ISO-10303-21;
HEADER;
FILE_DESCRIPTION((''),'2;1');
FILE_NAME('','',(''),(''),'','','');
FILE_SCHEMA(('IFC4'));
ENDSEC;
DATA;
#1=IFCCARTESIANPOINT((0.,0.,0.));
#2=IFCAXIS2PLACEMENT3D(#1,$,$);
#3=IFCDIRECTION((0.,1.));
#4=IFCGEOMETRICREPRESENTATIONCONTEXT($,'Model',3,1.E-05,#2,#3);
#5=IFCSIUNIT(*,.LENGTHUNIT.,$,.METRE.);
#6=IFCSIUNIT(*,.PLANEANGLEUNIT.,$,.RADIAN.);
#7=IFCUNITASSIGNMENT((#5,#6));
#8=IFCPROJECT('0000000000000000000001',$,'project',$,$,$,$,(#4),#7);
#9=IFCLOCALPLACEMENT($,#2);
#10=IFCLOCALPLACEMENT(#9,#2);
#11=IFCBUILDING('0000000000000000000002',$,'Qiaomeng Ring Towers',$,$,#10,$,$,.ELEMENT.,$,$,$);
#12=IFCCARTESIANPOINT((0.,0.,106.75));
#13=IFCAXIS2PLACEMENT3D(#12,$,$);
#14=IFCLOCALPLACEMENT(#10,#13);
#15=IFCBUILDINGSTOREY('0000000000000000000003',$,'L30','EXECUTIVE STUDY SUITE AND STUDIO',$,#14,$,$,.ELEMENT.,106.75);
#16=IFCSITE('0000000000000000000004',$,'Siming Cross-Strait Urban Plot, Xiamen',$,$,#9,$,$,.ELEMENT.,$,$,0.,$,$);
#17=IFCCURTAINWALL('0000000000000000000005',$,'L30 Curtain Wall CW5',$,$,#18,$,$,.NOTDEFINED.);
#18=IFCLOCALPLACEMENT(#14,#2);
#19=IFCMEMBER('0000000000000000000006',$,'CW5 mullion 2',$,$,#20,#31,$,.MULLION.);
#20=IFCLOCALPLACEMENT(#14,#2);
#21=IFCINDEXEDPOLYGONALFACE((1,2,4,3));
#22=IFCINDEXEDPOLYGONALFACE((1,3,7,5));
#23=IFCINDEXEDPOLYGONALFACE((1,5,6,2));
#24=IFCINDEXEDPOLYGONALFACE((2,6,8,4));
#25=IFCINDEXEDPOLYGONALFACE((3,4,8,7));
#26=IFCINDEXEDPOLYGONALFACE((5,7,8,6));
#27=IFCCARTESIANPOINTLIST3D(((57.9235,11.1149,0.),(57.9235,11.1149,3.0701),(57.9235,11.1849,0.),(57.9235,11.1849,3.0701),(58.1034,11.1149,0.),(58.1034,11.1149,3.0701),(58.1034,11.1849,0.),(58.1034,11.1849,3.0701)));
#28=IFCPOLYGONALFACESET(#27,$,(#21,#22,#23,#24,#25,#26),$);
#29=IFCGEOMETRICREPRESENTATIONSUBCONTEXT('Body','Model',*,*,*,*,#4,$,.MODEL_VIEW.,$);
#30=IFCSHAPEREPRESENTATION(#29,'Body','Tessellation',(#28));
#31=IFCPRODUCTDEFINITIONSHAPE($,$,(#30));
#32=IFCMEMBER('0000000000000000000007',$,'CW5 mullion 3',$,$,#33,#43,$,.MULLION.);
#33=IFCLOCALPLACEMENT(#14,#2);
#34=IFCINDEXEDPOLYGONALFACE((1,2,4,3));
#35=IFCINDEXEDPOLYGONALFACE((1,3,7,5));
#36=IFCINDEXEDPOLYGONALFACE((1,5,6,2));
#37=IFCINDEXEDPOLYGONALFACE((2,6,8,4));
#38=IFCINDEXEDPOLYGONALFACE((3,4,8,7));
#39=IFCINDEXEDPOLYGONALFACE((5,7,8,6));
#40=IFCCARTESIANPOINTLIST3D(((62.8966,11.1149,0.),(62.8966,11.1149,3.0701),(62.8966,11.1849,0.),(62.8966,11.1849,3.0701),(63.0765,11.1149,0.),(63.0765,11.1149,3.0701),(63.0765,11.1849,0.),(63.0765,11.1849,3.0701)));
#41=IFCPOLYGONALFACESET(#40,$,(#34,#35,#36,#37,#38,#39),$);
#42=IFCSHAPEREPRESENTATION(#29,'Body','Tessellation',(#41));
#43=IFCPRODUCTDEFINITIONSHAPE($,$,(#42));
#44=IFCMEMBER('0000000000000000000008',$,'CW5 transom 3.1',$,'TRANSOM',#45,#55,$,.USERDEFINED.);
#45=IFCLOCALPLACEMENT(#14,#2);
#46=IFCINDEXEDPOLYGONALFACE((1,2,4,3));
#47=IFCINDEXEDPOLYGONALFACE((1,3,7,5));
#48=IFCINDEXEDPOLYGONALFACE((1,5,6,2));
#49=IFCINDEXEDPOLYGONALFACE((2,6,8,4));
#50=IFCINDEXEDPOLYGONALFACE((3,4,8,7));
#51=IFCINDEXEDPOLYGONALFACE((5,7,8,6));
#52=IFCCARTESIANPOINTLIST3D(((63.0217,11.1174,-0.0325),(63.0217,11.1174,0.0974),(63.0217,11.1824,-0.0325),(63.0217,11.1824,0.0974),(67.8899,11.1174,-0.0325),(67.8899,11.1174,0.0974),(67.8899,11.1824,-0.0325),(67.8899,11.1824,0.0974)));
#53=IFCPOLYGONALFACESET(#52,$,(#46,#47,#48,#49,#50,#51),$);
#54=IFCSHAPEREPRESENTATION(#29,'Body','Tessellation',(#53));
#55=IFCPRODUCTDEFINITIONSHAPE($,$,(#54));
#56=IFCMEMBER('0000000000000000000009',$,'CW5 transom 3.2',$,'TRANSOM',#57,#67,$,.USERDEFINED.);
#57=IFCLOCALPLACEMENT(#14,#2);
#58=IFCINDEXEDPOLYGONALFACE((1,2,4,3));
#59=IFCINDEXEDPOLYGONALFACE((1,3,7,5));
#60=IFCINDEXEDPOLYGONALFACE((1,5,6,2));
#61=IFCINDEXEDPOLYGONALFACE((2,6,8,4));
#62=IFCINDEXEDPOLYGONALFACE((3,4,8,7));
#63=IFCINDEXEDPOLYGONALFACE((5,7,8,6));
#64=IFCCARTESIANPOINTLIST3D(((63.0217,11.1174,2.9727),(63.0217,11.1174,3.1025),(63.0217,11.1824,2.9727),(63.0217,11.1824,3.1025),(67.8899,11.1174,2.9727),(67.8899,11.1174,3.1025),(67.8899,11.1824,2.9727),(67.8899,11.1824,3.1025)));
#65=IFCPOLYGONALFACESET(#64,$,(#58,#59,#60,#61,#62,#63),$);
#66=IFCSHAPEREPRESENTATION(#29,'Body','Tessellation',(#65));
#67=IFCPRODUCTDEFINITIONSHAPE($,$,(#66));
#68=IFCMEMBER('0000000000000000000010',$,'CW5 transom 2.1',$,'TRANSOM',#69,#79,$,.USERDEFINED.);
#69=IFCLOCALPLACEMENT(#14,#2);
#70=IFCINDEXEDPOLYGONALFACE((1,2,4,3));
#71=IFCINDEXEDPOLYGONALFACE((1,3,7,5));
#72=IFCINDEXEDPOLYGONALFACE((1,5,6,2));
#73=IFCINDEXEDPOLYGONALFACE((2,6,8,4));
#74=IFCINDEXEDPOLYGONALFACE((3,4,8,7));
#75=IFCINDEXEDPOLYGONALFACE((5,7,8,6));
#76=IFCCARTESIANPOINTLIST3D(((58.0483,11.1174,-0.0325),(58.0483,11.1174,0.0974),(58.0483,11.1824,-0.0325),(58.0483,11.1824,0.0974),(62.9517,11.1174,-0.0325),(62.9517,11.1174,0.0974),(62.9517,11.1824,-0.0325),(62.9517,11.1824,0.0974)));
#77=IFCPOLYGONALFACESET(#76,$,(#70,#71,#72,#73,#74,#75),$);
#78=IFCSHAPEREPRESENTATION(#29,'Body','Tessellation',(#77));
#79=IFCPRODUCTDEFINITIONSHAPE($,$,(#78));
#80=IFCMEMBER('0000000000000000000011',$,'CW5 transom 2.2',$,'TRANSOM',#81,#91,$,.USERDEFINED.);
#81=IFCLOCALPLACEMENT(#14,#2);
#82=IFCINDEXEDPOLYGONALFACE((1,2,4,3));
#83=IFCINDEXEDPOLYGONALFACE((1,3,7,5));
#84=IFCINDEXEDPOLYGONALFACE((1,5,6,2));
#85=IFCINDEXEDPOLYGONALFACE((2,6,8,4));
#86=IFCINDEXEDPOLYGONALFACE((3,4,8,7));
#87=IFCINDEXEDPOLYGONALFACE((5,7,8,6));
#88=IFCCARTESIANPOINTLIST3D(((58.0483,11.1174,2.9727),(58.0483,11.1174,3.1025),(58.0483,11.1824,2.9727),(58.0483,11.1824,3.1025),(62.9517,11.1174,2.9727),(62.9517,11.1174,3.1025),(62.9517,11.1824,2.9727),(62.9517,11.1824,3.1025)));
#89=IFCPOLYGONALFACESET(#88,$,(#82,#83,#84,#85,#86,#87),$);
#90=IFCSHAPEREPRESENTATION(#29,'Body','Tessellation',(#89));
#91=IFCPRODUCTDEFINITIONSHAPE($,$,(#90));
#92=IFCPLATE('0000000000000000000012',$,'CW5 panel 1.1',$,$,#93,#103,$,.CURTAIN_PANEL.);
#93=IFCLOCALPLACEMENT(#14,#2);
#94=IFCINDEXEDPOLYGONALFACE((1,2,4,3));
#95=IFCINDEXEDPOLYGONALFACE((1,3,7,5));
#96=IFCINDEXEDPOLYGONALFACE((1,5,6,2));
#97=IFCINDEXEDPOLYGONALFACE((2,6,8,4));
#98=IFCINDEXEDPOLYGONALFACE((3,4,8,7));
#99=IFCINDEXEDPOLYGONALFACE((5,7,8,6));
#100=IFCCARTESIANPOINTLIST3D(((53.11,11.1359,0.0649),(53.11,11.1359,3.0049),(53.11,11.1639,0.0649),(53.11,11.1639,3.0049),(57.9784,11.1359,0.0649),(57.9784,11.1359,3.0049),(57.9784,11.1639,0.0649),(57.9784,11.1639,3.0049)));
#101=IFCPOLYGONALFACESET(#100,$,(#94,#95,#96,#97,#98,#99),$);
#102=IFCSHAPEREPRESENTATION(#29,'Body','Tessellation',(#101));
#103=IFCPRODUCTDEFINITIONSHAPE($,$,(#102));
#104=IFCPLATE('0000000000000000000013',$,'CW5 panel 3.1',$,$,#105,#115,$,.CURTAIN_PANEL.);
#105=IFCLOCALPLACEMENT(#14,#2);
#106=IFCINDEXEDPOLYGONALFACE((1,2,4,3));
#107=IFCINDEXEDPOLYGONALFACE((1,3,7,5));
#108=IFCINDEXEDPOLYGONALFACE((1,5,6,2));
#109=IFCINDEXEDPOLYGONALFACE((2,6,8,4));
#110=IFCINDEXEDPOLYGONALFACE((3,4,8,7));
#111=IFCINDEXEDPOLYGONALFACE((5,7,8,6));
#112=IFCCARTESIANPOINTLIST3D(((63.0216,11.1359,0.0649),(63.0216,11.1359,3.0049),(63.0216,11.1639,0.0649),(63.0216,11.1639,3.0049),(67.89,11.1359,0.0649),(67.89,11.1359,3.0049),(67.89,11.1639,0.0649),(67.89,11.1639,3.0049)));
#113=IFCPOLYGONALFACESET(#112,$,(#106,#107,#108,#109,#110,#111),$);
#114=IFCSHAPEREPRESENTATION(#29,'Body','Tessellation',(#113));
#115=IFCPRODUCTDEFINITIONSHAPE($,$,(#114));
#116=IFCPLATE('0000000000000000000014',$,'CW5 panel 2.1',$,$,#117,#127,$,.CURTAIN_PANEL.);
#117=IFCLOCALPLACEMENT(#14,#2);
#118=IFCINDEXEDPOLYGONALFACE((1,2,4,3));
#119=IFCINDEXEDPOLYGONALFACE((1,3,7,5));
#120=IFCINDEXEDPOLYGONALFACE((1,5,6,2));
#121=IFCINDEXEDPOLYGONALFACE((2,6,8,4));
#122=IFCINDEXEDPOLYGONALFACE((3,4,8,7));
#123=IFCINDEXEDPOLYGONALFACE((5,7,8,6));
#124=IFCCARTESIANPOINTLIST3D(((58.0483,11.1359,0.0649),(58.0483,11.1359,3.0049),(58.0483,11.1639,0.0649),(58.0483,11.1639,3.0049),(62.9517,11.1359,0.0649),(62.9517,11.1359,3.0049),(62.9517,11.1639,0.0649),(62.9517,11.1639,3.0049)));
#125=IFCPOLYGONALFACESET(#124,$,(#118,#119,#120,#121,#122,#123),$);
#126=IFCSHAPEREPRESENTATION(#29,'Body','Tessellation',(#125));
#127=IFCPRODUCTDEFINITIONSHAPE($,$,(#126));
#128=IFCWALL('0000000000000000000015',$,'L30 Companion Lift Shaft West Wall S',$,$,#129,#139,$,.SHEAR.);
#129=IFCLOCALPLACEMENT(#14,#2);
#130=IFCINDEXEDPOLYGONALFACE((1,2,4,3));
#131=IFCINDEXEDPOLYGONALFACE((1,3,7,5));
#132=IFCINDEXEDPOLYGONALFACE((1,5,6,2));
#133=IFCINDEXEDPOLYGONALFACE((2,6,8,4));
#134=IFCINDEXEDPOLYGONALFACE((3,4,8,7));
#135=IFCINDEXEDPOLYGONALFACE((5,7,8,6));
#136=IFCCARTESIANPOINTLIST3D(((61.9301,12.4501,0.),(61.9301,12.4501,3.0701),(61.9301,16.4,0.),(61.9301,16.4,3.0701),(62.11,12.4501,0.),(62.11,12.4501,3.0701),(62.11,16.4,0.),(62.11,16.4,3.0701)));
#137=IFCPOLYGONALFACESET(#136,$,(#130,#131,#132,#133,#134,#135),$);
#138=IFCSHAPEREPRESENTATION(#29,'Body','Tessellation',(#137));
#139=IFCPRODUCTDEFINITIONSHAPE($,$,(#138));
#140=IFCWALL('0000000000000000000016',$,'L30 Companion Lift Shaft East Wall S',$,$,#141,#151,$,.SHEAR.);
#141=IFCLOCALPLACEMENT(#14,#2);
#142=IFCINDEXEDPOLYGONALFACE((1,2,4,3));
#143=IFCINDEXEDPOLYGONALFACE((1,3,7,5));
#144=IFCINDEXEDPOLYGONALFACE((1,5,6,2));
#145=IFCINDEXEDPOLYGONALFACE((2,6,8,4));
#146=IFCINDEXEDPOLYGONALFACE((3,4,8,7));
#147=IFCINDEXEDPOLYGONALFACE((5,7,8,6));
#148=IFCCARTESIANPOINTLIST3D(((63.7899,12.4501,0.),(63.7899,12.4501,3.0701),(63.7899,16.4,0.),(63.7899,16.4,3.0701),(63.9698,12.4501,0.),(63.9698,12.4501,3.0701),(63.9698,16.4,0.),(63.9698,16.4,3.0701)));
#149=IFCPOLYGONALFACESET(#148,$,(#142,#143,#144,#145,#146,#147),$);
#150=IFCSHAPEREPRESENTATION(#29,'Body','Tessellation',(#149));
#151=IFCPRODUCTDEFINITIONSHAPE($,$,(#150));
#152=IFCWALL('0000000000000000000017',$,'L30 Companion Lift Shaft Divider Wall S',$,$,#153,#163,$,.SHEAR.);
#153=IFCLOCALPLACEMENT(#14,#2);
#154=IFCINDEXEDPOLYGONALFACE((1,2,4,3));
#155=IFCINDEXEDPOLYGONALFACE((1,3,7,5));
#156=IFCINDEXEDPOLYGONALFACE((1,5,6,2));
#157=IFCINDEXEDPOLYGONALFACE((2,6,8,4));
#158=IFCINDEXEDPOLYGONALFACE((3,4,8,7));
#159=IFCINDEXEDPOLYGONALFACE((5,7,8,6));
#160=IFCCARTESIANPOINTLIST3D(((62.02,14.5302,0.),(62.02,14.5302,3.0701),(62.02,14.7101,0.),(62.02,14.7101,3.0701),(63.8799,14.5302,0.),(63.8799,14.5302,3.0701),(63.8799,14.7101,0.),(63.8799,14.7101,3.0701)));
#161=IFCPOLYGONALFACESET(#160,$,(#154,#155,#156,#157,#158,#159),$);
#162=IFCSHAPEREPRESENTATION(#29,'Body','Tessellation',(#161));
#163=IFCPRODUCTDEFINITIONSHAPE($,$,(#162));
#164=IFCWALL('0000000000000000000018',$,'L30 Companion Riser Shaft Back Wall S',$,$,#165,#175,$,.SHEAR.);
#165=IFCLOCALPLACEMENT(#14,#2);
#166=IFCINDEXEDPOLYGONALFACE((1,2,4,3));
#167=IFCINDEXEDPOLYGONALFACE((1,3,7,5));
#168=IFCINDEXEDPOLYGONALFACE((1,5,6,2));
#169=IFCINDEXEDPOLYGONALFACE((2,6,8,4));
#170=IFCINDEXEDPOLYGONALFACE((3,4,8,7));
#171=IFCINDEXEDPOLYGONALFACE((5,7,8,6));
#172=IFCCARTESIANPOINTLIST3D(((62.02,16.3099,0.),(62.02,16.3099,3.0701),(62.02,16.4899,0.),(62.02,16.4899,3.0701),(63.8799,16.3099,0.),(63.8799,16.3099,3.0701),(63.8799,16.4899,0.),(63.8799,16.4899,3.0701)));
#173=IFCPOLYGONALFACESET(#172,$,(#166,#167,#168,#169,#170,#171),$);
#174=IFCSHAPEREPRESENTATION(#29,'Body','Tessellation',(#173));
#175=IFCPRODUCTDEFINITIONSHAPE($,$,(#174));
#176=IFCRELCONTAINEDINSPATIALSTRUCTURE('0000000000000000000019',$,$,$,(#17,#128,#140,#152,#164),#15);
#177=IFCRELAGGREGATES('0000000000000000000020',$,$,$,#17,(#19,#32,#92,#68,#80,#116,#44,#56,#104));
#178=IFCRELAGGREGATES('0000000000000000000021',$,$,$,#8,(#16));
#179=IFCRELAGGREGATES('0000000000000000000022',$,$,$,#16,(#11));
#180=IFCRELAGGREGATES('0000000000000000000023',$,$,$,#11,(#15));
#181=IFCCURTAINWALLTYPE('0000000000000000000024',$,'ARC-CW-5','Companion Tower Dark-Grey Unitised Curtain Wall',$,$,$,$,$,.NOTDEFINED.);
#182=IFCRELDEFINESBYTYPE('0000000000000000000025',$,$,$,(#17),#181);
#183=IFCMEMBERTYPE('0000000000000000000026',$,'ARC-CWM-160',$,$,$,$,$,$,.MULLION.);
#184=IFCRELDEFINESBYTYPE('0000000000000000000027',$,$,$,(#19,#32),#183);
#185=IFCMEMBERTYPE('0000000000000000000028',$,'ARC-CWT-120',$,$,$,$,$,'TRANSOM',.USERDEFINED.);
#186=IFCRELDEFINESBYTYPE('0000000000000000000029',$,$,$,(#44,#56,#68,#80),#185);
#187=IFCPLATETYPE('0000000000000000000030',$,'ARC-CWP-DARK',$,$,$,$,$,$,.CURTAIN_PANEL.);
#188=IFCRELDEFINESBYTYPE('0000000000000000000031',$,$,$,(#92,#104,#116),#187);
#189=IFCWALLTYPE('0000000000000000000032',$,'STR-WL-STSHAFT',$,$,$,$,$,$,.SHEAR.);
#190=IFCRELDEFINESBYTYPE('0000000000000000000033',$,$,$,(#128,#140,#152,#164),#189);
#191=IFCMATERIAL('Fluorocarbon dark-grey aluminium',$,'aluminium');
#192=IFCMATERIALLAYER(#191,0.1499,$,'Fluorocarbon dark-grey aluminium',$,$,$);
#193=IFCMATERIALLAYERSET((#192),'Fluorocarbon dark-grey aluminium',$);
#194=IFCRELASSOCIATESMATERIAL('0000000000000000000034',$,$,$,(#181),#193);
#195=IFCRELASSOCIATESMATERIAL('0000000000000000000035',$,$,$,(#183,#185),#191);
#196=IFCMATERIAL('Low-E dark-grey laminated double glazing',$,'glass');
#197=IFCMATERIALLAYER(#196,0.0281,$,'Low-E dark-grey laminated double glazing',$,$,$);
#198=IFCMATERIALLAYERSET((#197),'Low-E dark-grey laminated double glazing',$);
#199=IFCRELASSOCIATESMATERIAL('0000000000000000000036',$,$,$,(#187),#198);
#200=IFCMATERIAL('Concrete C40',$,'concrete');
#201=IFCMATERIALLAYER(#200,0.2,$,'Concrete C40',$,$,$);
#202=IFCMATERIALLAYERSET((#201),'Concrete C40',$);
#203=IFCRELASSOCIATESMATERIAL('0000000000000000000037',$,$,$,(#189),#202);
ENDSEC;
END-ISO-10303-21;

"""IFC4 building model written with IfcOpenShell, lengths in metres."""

from ifc_helpers import new_model, si_unit, direction, frame, frame_2d, origin, origin_2d, place, context, subcontext, project, spatial, rectangle, extrude, source, transform, mapped, material, layer, layer_set, material_profile, profile_set, type_object, element, aggregate, save


model = new_model("IFC4")

# Units and contexts
model_context = context("Model", 3, precision=1e-05, world=origin(), true_north=direction((0.0, 1.0)))
body_context = subcontext(model_context, "Body", "Model", "MODEL_VIEW")
ifc_project = project(units=[si_unit("LENGTHUNIT", "METRE"), si_unit("PLANEANGLEUNIT", "RADIAN")], contexts=[model_context])

# Site, building, storey
site_placement = place(None, origin())
site = spatial("IfcSite", under=ifc_project, at=site_placement, Name="Siming Cross-Strait Urban Plot, Xiamen", CompositionType="ELEMENT", RefElevation=0.0)
building_placement = place(site_placement, origin())
building = spatial("IfcBuilding", under=site, at=building_placement, Name="Qiaomeng Ring Towers", CompositionType="ELEMENT")
storey_placement = place(building_placement, frame((0.0, 0.0, 106.75)))
storey = spatial("IfcBuildingStorey", under=building, at=storey_placement, Name="L30", Description="EXECUTIVE STUDY SUITE AND STUDIO", CompositionType="ELEMENT", Elevation=106.75)

# Curtain wall, members, plates
ifc_material_1 = material(Name="Fluorocarbon dark-grey aluminium", Category="aluminium")
ifc_layer_1 = layer(ifc_material_1, 0.1499, Name="Fluorocarbon dark-grey aluminium")
ifc_layer_set_1 = layer_set([ifc_layer_1], Name="Fluorocarbon dark-grey aluminium")
curtain_wall_type = type_object("IfcCurtainWallType", Name="ARC-CW-5", Description="Companion Tower Dark-Grey Unitised Curtain Wall", PredefinedType="NOTDEFINED", material=ifc_layer_set_1)
curtain_wall_placement = place(storey_placement, origin())
curtain_wall = element("IfcCurtainWall", 1, at=curtain_wall_placement, inside=storey, type_object=curtain_wall_type, Name="L30 Curtain Wall CW5", PredefinedType="NOTDEFINED")
ifc_material_profile_1 = material_profile(ifc_material_1, rectangle(XDim=0.0701, YDim=0.1799, at=origin_2d()), Name="ALU MULL 70x180")
ifc_profile_set_1 = profile_set([ifc_material_profile_1], Name="Fluorocarbon dark-grey aluminium")
member_type_1 = type_object("IfcMemberType", Name="ARC-CWM-160", PredefinedType="MULLION", material=ifc_profile_set_1)
shared_shape_1 = source(origin(), body_context, "Body", "SweptSolid", [
    extrude(rectangle(XDim=0.0701, YDim=0.1799, at=origin_2d()), origin(), (0.0, 0.0, 1.0), 3.0701),
])
member_1_placement = place(storey_placement, frame((58.0134, 11.1499, 0.0), z_axis=(0.0, 0.0, 1.0), x_axis=(0.0, 1.0, 0.0)))
member_1 = element("IfcMember", 2, at=member_1_placement, type_object=member_type_1, Name="CW5 mullion 2", PredefinedType="MULLION", context=body_context, shape_type="MappedRepresentation", body=[
    mapped(shared_shape_1, transform((0.0, 0.0, 0.0), x_axis=(1.0, 0.0, 0.0), y_axis=(0.0, 1.0, 0.0), z_axis=(0.0, 0.0, 1.0), scale=1.0)),
])
member_2_placement = place(storey_placement, frame((62.9866, 11.1499, 0.0), z_axis=(0.0, 0.0, 1.0), x_axis=(0.0, 1.0, 0.0)))
member_2 = element("IfcMember", 3, at=member_2_placement, type_object=member_type_1, Name="CW5 mullion 3", PredefinedType="MULLION", context=body_context, shape_type="MappedRepresentation", body=[
    mapped(shared_shape_1, transform((0.0, 0.0, 0.0), x_axis=(1.0, 0.0, 0.0), y_axis=(0.0, 1.0, 0.0), z_axis=(0.0, 0.0, 1.0), scale=1.0)),
])
ifc_material_profile_2 = material_profile(ifc_material_1, rectangle(XDim=0.0649, YDim=0.1299, at=origin_2d()), Name="ALU TRAN 65x130")
ifc_profile_set_2 = profile_set([ifc_material_profile_2], Name="Fluorocarbon dark-grey aluminium")
member_type_2 = type_object("IfcMemberType", Name="ARC-CWT-120", ElementType="TRANSOM", PredefinedType="USERDEFINED", material=ifc_profile_set_2)
shared_shape_2 = source(origin(), body_context, "Body", "SweptSolid", [
    extrude(rectangle(XDim=0.0649, YDim=0.1299, at=origin_2d()), origin(), (0.0, 0.0, 1.0), 4.8682),
])
member_3_placement = place(storey_placement, frame((63.0217, 11.1499, 0.0325), z_axis=(1.0, 0.0, 0.0), x_axis=(0.0, 1.0, 0.0)))
member_3 = element("IfcMember", 4, at=member_3_placement, type_object=member_type_2, Name="CW5 transom 3.1", ObjectType="TRANSOM", PredefinedType="USERDEFINED", context=body_context, shape_type="MappedRepresentation", body=[
    mapped(shared_shape_2, transform((0.0, 0.0, 0.0), x_axis=(1.0, 0.0, 0.0), y_axis=(0.0, 1.0, 0.0), z_axis=(0.0, 0.0, 1.0), scale=1.0)),
])
member_4_placement = place(storey_placement, frame((63.0217, 11.1499, 3.0376), z_axis=(1.0, 0.0, 0.0), x_axis=(0.0, 1.0, 0.0)))
member_4 = element("IfcMember", 5, at=member_4_placement, type_object=member_type_2, Name="CW5 transom 3.2", ObjectType="TRANSOM", PredefinedType="USERDEFINED", context=body_context, shape_type="MappedRepresentation", body=[
    mapped(shared_shape_2, transform((0.0, 0.0, 0.0), x_axis=(1.0, 0.0, 0.0), y_axis=(0.0, 1.0, 0.0), z_axis=(0.0, 0.0, 1.0), scale=1.0)),
])
shared_shape_3 = source(origin(), body_context, "Body", "SweptSolid", [
    extrude(rectangle(XDim=0.0649, YDim=0.1299, at=origin_2d()), origin(), (0.0, 0.0, 1.0), 4.9033),
])
member_5_placement = place(storey_placement, frame((58.0483, 11.1499, 0.0325), z_axis=(1.0, 0.0, 0.0), x_axis=(0.0, 1.0, 0.0)))
member_5 = element("IfcMember", 6, at=member_5_placement, type_object=member_type_2, Name="CW5 transom 2.1", ObjectType="TRANSOM", PredefinedType="USERDEFINED", context=body_context, shape_type="MappedRepresentation", body=[
    mapped(shared_shape_3, transform((0.0, 0.0, 0.0), x_axis=(1.0, 0.0, 0.0), y_axis=(0.0, 1.0, 0.0), z_axis=(0.0, 0.0, 1.0), scale=1.0)),
])
member_6_placement = place(storey_placement, frame((58.0483, 11.1499, 3.0376), z_axis=(1.0, 0.0, 0.0), x_axis=(0.0, 1.0, 0.0)))
member_6 = element("IfcMember", 7, at=member_6_placement, type_object=member_type_2, Name="CW5 transom 2.2", ObjectType="TRANSOM", PredefinedType="USERDEFINED", context=body_context, shape_type="MappedRepresentation", body=[
    mapped(shared_shape_3, transform((0.0, 0.0, 0.0), x_axis=(1.0, 0.0, 0.0), y_axis=(0.0, 1.0, 0.0), z_axis=(0.0, 0.0, 1.0), scale=1.0)),
])
ifc_material_2 = material(Name="Low-E dark-grey laminated double glazing", Category="glass")
ifc_layer_2 = layer(ifc_material_2, 0.0281, Name="Low-E dark-grey laminated double glazing")
ifc_layer_set_2 = layer_set([ifc_layer_2], Name="Low-E dark-grey laminated double glazing")
plate_type = type_object("IfcPlateType", Name="ARC-CWP-DARK", PredefinedType="CURTAIN_PANEL", material=ifc_layer_set_2)
shared_shape_4 = source(origin(), body_context, "Body", "SweptSolid", [
    extrude(rectangle(XDim=4.8684, YDim=0.0281, at=origin_2d()), origin(), (0.0, 0.0, 1.0), 2.9399),
])
plate_1_placement = place(storey_placement, frame((55.5442, 11.1499, 0.0649), z_axis=(0.0, 0.0, 1.0), x_axis=(1.0, 0.0, 0.0)))
plate_1 = element("IfcPlate", 8, at=plate_1_placement, type_object=plate_type, Name="CW5 panel 1.1", PredefinedType="CURTAIN_PANEL", context=body_context, shape_type="MappedRepresentation", body=[
    mapped(shared_shape_4, transform((0.0, 0.0, 0.0), x_axis=(1.0, 0.0, 0.0), y_axis=(0.0, 1.0, 0.0), z_axis=(0.0, 0.0, 1.0), scale=1.0)),
])
plate_2_placement = place(storey_placement, frame((65.4558, 11.1499, 0.0649), z_axis=(0.0, 0.0, 1.0), x_axis=(1.0, 0.0, 0.0)))
plate_2 = element("IfcPlate", 9, at=plate_2_placement, type_object=plate_type, Name="CW5 panel 3.1", PredefinedType="CURTAIN_PANEL", context=body_context, shape_type="MappedRepresentation", body=[
    mapped(shared_shape_4, transform((0.0, 0.0, 0.0), x_axis=(1.0, 0.0, 0.0), y_axis=(0.0, 1.0, 0.0), z_axis=(0.0, 0.0, 1.0), scale=1.0)),
])
shared_shape_5 = source(origin(), body_context, "Body", "SweptSolid", [
    extrude(rectangle(XDim=4.9033, YDim=0.0281, at=origin_2d()), origin(), (0.0, 0.0, 1.0), 2.9399),
])
plate_3_placement = place(storey_placement, frame((60.5, 11.1499, 0.0649), z_axis=(0.0, 0.0, 1.0), x_axis=(1.0, 0.0, 0.0)))
plate_3 = element("IfcPlate", 10, at=plate_3_placement, type_object=plate_type, Name="CW5 panel 2.1", PredefinedType="CURTAIN_PANEL", context=body_context, shape_type="MappedRepresentation", body=[
    mapped(shared_shape_5, transform((0.0, 0.0, 0.0), x_axis=(1.0, 0.0, 0.0), y_axis=(0.0, 1.0, 0.0), z_axis=(0.0, 0.0, 1.0), scale=1.0)),
])
aggregate(curtain_wall, [member_1, member_2, plate_1, member_5, member_6, plate_3, member_3, member_4, plate_2])

# Walls
ifc_material_3 = material(Name="Concrete C40", Category="concrete")
ifc_layer_3 = layer(ifc_material_3, 0.2, Name="Concrete C40")
ifc_layer_set_3 = layer_set([ifc_layer_3], Name="Concrete C40")
wall_type_1 = type_object("IfcWallType", Name="STR-WL-STSHAFT", PredefinedType="SHEAR", material=ifc_layer_set_3)
for number, where, z_axis, x_axis, name in (
    (11, (62.02, 12.45, 0.0), (0.0, 0.0, 1.0), (0.0, 1.0, 0.0), "L30 Companion Lift Shaft West Wall S"),
    (12, (63.8799, 12.45, 0.0), (0.0, 0.0, 1.0), (0.0, 1.0, 0.0), "L30 Companion Lift Shaft East Wall S"),
):
    element("IfcWall", number, at=place(storey_placement, frame(where, z_axis=z_axis, x_axis=x_axis)), inside=storey, type_object=wall_type_1, Name=name, PredefinedType="SHEAR", context=body_context, shape_type="SweptSolid", body=[
        extrude(rectangle(XDim=3.95, YDim=0.1799, at=frame_2d((1.9751, 0.0))), origin(), (0.0, 0.0, 1.0), 3.0701),
    ])
for number, where, z_axis, x_axis, name in (
    (13, (62.02, 14.6201, 0.0), (0.0, 0.0, 1.0), (1.0, 0.0, 0.0), "L30 Companion Lift Shaft Divider Wall S"),
    (14, (62.02, 16.3999, 0.0), (0.0, 0.0, 1.0), (1.0, 0.0, 0.0), "L30 Companion Riser Shaft Back Wall S"),
):
    element("IfcWall", number, at=place(storey_placement, frame(where, z_axis=z_axis, x_axis=x_axis)), inside=storey, type_object=wall_type_1, Name=name, PredefinedType="SHEAR", context=body_context, shape_type="SweptSolid", body=[
        extrude(rectangle(XDim=1.8599, YDim=0.1799, at=frame_2d((0.9299, 0.0))), origin(), (0.0, 0.0, 1.0), 3.0701),
    ])

save(model, "model.ifc")
